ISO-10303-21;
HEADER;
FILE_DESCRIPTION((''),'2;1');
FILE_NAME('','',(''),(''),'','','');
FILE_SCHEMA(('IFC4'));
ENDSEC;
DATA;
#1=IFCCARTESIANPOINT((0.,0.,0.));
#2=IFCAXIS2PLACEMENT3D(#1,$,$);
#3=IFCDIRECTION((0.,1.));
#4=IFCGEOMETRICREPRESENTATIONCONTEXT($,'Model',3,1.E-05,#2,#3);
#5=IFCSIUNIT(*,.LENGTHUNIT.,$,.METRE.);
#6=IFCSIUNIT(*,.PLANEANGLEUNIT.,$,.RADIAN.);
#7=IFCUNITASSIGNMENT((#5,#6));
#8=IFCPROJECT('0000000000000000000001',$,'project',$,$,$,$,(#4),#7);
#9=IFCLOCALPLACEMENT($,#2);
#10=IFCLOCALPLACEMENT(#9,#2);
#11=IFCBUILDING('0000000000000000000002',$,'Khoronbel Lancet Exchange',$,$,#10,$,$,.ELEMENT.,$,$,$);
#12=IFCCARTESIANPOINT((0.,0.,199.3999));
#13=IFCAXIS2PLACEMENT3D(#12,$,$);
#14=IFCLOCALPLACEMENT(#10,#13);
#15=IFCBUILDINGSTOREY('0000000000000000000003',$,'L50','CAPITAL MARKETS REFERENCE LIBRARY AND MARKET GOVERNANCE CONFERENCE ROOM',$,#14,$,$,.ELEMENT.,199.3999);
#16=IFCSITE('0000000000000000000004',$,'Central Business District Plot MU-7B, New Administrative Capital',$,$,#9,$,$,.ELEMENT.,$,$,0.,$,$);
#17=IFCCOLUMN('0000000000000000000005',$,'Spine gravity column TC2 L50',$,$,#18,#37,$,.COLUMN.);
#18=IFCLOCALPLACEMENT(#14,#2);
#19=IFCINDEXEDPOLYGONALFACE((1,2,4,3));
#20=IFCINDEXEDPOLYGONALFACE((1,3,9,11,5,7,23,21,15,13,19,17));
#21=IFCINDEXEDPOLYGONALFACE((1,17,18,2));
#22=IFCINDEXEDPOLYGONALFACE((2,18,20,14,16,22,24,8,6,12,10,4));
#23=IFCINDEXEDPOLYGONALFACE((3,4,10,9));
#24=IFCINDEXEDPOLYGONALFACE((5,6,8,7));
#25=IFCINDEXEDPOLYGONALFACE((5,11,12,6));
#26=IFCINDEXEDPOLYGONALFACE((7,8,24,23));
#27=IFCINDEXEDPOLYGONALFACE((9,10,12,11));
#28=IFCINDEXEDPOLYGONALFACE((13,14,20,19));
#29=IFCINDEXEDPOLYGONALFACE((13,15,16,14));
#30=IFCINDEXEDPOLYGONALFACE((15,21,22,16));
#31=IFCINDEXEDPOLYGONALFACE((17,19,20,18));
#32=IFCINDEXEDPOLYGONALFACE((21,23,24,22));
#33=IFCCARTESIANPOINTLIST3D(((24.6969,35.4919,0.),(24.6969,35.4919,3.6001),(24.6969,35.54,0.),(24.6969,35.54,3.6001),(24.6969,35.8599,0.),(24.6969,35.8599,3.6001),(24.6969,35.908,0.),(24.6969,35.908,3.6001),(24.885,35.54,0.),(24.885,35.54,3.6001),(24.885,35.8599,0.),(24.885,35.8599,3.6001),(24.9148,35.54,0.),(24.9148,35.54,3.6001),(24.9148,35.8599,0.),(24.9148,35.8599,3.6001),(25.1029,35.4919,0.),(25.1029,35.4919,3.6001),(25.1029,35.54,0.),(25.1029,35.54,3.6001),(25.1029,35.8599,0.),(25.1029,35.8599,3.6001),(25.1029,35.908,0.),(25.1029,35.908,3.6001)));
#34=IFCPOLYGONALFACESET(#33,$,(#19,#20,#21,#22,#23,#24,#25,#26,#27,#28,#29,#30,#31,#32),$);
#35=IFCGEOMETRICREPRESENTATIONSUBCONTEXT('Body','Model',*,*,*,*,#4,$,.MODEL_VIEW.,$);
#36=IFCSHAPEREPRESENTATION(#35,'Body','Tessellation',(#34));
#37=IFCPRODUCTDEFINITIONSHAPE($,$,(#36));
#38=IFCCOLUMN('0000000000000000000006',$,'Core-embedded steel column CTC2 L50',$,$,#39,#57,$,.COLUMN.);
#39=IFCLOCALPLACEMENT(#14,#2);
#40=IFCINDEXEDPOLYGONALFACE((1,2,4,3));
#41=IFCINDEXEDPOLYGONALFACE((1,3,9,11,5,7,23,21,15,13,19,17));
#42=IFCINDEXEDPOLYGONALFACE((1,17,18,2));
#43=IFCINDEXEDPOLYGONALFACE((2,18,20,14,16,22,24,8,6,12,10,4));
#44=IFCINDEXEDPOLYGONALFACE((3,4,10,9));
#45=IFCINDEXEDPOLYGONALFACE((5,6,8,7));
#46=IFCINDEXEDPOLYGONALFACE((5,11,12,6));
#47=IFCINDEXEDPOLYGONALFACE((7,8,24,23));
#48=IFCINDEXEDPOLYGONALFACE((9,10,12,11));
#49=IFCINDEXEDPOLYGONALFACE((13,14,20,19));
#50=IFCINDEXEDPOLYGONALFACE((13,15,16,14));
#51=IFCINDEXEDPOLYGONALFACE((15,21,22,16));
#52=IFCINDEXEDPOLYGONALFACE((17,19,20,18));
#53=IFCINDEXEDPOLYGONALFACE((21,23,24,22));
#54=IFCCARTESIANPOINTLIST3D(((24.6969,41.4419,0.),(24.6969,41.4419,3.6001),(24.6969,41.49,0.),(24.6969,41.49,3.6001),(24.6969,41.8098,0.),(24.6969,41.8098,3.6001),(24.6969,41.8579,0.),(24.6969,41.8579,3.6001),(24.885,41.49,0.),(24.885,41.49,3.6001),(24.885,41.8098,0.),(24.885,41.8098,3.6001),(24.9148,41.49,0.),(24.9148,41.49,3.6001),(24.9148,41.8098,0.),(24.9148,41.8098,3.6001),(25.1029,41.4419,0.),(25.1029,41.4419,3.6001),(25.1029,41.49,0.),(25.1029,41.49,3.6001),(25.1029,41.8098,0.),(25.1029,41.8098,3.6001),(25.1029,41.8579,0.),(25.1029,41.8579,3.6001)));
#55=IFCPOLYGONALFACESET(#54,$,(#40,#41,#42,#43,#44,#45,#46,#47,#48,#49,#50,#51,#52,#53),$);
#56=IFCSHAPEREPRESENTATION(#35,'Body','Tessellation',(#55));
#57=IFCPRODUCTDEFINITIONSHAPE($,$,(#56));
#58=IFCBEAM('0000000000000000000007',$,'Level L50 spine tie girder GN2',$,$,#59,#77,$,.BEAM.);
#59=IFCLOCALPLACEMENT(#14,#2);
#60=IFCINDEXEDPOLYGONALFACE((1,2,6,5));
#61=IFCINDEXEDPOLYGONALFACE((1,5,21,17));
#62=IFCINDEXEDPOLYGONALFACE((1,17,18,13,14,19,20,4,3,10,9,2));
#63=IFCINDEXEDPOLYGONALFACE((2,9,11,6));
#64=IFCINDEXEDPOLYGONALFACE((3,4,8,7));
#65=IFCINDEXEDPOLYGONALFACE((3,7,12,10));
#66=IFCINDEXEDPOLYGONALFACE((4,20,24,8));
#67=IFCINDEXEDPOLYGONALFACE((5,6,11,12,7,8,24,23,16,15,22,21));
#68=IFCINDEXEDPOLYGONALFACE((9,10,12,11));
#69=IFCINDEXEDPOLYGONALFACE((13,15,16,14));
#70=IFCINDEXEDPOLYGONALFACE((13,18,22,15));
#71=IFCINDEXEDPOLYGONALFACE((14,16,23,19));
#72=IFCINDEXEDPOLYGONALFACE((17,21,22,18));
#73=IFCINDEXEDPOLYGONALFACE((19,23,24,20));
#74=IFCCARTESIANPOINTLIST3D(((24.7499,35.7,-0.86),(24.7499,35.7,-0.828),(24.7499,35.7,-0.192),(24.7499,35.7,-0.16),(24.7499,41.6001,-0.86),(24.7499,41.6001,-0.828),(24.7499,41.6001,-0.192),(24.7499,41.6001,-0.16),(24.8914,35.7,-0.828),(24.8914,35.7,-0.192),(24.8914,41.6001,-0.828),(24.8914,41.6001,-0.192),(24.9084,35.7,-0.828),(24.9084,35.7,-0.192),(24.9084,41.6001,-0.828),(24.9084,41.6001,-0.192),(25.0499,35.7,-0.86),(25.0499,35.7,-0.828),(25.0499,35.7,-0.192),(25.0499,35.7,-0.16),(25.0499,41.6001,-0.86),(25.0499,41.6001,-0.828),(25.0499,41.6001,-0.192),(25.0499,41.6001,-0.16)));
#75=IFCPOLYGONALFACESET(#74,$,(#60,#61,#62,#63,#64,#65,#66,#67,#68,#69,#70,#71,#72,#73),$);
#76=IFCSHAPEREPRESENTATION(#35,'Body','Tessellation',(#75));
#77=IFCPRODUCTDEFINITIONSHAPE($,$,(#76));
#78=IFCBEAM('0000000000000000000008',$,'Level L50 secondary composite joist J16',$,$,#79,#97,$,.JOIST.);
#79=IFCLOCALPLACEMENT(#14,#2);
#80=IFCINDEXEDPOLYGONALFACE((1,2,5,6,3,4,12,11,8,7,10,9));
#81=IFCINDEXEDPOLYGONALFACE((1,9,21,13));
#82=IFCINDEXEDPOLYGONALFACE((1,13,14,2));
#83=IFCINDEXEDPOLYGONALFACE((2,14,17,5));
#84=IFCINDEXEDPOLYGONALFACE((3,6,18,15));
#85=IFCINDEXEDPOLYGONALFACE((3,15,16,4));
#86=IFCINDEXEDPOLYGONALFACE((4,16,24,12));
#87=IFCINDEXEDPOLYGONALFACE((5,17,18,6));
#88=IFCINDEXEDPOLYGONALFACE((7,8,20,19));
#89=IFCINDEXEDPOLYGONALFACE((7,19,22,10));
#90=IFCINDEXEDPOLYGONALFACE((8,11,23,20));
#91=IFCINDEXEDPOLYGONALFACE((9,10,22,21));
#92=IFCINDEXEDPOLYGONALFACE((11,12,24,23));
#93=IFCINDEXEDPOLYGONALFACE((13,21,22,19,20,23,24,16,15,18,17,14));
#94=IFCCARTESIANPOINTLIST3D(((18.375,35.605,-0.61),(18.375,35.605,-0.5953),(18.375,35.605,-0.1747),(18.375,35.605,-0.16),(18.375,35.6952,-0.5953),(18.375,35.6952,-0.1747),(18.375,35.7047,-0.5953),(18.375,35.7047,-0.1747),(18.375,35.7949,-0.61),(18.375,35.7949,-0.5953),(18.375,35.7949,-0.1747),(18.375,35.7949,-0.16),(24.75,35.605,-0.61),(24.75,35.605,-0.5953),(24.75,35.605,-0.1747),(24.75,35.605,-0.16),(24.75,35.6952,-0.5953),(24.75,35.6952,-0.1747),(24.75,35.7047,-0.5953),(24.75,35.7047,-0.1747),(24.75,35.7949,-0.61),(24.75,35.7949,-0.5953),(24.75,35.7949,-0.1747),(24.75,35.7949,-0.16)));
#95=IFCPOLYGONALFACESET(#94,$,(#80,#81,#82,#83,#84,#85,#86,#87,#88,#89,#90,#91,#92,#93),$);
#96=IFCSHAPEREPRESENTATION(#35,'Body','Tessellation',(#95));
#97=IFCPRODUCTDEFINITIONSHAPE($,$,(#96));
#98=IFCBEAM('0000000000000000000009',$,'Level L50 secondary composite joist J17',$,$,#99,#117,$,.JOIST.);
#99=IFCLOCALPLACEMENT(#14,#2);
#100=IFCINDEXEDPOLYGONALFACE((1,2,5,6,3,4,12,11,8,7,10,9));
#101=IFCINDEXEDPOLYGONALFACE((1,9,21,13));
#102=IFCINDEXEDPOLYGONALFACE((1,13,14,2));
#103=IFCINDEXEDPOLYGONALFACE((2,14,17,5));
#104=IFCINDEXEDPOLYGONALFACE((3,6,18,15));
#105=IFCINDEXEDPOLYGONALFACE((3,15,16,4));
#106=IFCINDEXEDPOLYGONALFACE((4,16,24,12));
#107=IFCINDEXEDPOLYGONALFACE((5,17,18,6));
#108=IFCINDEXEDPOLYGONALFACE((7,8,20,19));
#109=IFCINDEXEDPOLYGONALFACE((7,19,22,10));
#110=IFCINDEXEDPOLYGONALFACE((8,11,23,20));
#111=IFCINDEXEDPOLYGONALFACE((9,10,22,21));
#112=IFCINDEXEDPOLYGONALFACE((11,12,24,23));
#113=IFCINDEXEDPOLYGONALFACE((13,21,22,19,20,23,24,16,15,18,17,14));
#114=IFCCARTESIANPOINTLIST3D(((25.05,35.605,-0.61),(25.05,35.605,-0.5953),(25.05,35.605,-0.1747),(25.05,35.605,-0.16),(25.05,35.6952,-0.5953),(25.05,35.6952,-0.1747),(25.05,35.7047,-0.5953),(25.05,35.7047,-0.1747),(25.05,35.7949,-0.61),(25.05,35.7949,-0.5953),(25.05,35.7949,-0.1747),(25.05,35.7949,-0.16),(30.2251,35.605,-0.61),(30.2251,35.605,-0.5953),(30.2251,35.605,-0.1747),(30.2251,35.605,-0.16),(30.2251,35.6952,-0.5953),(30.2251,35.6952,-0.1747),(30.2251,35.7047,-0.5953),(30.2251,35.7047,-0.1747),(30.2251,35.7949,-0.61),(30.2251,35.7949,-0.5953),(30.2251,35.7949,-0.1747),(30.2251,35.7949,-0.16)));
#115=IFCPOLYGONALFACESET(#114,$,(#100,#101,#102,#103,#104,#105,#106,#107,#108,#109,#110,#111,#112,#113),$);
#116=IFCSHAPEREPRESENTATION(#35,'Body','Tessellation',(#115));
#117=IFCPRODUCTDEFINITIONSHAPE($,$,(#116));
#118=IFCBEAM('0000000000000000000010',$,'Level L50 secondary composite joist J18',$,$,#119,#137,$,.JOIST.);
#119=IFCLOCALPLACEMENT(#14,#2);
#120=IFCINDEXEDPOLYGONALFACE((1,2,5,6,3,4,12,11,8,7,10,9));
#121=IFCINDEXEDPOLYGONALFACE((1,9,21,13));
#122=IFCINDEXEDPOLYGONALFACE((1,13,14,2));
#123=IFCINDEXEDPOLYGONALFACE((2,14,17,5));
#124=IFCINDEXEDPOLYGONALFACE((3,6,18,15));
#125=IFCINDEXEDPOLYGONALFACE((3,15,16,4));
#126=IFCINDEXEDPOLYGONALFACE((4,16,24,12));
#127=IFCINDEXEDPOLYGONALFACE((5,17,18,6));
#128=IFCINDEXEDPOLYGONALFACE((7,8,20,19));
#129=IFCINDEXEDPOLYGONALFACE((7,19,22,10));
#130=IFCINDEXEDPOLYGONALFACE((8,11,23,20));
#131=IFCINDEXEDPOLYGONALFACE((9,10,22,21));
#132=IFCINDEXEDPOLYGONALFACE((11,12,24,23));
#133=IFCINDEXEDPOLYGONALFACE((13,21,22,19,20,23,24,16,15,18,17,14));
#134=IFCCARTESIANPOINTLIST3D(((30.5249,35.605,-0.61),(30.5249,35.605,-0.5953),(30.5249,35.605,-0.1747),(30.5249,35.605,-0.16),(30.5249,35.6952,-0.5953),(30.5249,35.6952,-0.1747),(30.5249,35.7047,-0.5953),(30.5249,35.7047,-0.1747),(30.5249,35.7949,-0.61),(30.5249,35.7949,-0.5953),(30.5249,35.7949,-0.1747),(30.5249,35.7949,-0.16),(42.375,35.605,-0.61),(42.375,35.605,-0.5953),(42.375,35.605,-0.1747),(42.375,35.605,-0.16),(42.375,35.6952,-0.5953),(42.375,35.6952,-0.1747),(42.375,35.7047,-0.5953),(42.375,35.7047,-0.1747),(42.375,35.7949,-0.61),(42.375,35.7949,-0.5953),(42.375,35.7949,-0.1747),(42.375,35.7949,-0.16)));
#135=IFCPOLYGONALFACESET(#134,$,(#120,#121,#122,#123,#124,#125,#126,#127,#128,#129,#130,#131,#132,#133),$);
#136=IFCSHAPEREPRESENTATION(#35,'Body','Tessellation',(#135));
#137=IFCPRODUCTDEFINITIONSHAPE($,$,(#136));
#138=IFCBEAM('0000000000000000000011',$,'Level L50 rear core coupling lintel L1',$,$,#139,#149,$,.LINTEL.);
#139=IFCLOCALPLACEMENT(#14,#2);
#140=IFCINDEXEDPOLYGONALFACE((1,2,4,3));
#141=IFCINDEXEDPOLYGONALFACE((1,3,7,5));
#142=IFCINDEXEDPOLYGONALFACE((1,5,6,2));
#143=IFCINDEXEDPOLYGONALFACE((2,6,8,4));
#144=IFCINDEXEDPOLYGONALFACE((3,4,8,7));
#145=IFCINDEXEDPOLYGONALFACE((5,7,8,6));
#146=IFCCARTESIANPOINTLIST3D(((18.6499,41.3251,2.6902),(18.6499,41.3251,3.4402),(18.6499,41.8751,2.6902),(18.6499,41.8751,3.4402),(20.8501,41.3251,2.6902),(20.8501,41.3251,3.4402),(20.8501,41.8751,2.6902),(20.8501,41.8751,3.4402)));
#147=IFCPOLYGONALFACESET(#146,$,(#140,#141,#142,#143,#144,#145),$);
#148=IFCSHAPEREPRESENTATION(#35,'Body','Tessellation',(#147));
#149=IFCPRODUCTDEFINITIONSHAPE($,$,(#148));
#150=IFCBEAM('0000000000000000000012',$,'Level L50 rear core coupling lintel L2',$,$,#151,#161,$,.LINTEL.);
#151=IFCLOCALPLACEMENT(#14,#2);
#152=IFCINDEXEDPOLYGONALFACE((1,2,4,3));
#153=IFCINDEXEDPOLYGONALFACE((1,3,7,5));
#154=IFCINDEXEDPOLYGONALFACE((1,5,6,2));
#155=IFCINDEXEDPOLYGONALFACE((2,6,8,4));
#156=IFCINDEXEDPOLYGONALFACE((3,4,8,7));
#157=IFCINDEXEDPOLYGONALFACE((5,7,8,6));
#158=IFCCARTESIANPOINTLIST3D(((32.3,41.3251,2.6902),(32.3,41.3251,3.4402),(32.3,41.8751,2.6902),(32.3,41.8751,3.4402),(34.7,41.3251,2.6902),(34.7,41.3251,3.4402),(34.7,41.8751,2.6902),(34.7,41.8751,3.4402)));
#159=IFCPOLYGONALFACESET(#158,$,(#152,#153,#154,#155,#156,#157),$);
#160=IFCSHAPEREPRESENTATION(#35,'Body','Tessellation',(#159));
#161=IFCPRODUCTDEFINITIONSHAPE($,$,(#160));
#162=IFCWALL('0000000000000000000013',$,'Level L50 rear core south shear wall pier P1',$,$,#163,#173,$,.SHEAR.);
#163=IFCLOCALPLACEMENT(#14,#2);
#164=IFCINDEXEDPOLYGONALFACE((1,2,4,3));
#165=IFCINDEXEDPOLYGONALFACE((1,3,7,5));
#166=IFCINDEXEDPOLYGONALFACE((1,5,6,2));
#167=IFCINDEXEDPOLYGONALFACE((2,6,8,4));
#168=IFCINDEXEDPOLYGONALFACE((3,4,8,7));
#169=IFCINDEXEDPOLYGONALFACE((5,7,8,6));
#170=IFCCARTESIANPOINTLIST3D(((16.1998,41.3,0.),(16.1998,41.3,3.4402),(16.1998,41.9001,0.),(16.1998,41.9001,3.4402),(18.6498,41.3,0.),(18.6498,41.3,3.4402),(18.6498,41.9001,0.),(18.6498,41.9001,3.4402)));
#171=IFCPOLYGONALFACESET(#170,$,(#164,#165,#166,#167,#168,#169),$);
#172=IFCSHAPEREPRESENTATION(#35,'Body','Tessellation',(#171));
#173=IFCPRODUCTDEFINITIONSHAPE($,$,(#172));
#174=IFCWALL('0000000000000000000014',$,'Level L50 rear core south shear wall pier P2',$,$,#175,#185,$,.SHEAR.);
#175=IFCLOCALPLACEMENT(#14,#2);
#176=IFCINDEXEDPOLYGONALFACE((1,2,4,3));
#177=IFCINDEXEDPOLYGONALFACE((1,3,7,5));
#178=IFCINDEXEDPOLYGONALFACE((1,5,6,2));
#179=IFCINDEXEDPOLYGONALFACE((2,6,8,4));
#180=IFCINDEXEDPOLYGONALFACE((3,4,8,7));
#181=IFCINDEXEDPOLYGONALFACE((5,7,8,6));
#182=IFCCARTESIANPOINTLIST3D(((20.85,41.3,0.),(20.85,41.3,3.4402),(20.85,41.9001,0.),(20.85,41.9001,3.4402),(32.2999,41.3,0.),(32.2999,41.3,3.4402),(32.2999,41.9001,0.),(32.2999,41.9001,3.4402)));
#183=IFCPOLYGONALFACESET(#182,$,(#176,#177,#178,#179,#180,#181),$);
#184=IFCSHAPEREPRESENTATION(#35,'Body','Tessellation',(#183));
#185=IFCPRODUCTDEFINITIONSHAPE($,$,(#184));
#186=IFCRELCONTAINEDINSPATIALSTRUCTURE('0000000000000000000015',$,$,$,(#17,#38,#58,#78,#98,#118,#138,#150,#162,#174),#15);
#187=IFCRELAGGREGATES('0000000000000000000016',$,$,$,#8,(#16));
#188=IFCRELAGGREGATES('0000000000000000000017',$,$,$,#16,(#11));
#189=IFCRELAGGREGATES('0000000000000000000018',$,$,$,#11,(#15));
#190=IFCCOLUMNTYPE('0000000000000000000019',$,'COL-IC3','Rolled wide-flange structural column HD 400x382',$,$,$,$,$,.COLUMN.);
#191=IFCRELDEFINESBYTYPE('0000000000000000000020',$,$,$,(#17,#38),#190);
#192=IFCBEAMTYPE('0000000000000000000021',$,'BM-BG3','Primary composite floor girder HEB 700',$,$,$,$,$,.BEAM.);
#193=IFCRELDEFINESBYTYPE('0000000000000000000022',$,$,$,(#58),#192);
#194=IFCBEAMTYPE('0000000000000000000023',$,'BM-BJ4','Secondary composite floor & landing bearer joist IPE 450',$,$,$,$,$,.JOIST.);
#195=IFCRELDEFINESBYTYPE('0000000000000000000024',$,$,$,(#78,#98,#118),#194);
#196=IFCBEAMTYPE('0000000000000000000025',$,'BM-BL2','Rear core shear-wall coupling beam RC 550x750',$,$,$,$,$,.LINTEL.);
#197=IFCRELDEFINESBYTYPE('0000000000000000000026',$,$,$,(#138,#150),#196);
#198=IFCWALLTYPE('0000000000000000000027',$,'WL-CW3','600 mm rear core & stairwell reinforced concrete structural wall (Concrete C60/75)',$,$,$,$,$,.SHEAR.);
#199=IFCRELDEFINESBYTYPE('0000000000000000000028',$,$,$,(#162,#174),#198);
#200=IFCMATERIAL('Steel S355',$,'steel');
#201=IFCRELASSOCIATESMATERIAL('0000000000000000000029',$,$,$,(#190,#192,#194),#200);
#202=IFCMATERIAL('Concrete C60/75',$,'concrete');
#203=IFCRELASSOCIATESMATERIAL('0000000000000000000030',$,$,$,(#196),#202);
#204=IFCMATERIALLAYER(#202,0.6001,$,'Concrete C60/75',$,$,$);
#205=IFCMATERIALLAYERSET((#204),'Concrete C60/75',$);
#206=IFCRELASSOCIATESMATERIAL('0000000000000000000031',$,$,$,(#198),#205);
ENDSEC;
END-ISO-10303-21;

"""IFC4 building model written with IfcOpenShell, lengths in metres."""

from ifc_helpers import new_model, si_unit, direction, frame, frame_2d, origin, origin_2d, place, context, subcontext, project, spatial, rectangle, i_section, extrude, material, layer, layer_set, material_profile, profile_set, type_object, element, save


model = new_model("IFC4")

# Units and contexts
model_context = context("Model", 3, precision=1e-05, world=origin(), true_north=direction((0.0, 1.0)))
body_context = subcontext(model_context, "Body", "Model", "MODEL_VIEW")
ifc_project = project(units=[si_unit("LENGTHUNIT", "METRE"), si_unit("PLANEANGLEUNIT", "RADIAN")], contexts=[model_context])

# Site, building, storey
site_placement = place(None, origin())
site = spatial("IfcSite", under=ifc_project, at=site_placement, Name="Central Business District Plot MU-7B, New Administrative Capital", CompositionType="ELEMENT", RefElevation=0.0)
building_placement = place(site_placement, origin())
building = spatial("IfcBuilding", under=site, at=building_placement, Name="Khoronbel Lancet Exchange", CompositionType="ELEMENT")
storey_placement = place(building_placement, frame((0.0, 0.0, 199.3999)))
storey = spatial("IfcBuildingStorey", under=building, at=storey_placement, Name="L50", Description="CAPITAL MARKETS REFERENCE LIBRARY AND MARKET GOVERNANCE CONFERENCE ROOM", CompositionType="ELEMENT", Elevation=199.3999)

# Columns
ifc_material_1 = material(Name="Steel S355", Category="steel")
ifc_material_profile_1 = material_profile(ifc_material_1, i_section(OverallWidth=0.406, OverallDepth=0.416, WebThickness=0.0298, FlangeThickness=0.0481, at=origin_2d()), Name="HD 400x382")
ifc_profile_set_1 = profile_set([ifc_material_profile_1], Name="Steel S355")
column_type = type_object("IfcColumnType", Name="COL-IC3", Description="Rolled wide-flange structural column HD 400x382", PredefinedType="COLUMN", material=ifc_profile_set_1)
for number, where, z_axis, x_axis, name in (
    (1, (24.8999, 35.7, 0.0), (0.0, 0.0, 1.0), (1.0, 0.0, 0.0), "Spine gravity column TC2 L50"),
    (2, (24.8999, 41.6499, 0.0), (0.0, 0.0, 1.0), (1.0, 0.0, 0.0), "Core-embedded steel column CTC2 L50"),
):
    element("IfcColumn", number, at=place(storey_placement, frame(where, z_axis=z_axis, x_axis=x_axis)), inside=storey, type_object=column_type, Name=name, PredefinedType="COLUMN", context=body_context, shape_type="SweptSolid", body=[
        extrude(i_section(OverallWidth=0.406, OverallDepth=0.416, WebThickness=0.0298, FlangeThickness=0.0481, at=origin_2d()), origin(), (0.0, 0.0, 1.0), 3.6001),
    ])

# Beams
ifc_material_profile_2 = material_profile(ifc_material_1, i_section(OverallWidth=0.3, OverallDepth=0.7, WebThickness=0.0171, FlangeThickness=0.032, at=origin_2d()), Name="HEB 700")
ifc_profile_set_2 = profile_set([ifc_material_profile_2], Name="Steel S355")
beam_type_1 = type_object("IfcBeamType", Name="BM-BG3", Description="Primary composite floor girder HEB 700", PredefinedType="BEAM", material=ifc_profile_set_2)
beam_1_placement = place(storey_placement, frame((24.8999, 35.7, -0.51), z_axis=(0.0, 1.0, 0.0), x_axis=(-1.0, 0.0, 0.0)))
element("IfcBeam", 3, at=beam_1_placement, inside=storey, type_object=beam_type_1, Name="Level L50 spine tie girder GN2", PredefinedType="BEAM", context=body_context, shape_type="SweptSolid", body=[
    extrude(i_section(OverallWidth=0.3, OverallDepth=0.7, WebThickness=0.0171, FlangeThickness=0.032, at=origin_2d()), origin(), (0.0, 0.0, 1.0), 5.9001),
])
ifc_material_profile_3 = material_profile(ifc_material_1, i_section(OverallWidth=0.1899, OverallDepth=0.45, WebThickness=0.0095, FlangeThickness=0.0146, at=origin_2d()), Name="IPE 450")
ifc_profile_set_3 = profile_set([ifc_material_profile_3], Name="Steel S355")
beam_type_2 = type_object("IfcBeamType", Name="BM-BJ4", Description="Secondary composite floor & landing bearer joist IPE 450", PredefinedType="JOIST", material=ifc_profile_set_3)
beam_2_placement = place(storey_placement, frame((18.375, 35.7, -0.385), z_axis=(1.0, 0.0, 0.0), x_axis=(0.0, 1.0, 0.0)))
element("IfcBeam", 4, at=beam_2_placement, inside=storey, type_object=beam_type_2, Name="Level L50 secondary composite joist J16", PredefinedType="JOIST", context=body_context, shape_type="SweptSolid", body=[
    extrude(i_section(OverallWidth=0.1899, OverallDepth=0.45, WebThickness=0.0095, FlangeThickness=0.0146, at=origin_2d()), origin(), (0.0, 0.0, 1.0), 6.375),
])
beam_3_placement = place(storey_placement, frame((25.05, 35.7, -0.385), z_axis=(1.0, 0.0, 0.0), x_axis=(0.0, 1.0, 0.0)))
element("IfcBeam", 5, at=beam_3_placement, inside=storey, type_object=beam_type_2, Name="Level L50 secondary composite joist J17", PredefinedType="JOIST", context=body_context, shape_type="SweptSolid", body=[
    extrude(i_section(OverallWidth=0.1899, OverallDepth=0.45, WebThickness=0.0095, FlangeThickness=0.0146, at=origin_2d()), origin(), (0.0, 0.0, 1.0), 5.175),
])
beam_4_placement = place(storey_placement, frame((30.5249, 35.7, -0.385), z_axis=(1.0, 0.0, 0.0), x_axis=(0.0, 1.0, 0.0)))
element("IfcBeam", 6, at=beam_4_placement, inside=storey, type_object=beam_type_2, Name="Level L50 secondary composite joist J18", PredefinedType="JOIST", context=body_context, shape_type="SweptSolid", body=[
    extrude(i_section(OverallWidth=0.1899, OverallDepth=0.45, WebThickness=0.0095, FlangeThickness=0.0146, at=origin_2d()), origin(), (0.0, 0.0, 1.0), 11.8501),
])
ifc_material_2 = material(Name="Concrete C60/75", Category="concrete")
ifc_material_profile_4 = material_profile(ifc_material_2, rectangle(XDim=0.55, YDim=0.75, at=origin_2d()), Name="RC 550x750")
ifc_profile_set_4 = profile_set([ifc_material_profile_4], Name="Concrete C60/75")
beam_type_3 = type_object("IfcBeamType", Name="BM-BL2", Description="Rear core shear-wall coupling beam RC 550x750", PredefinedType="LINTEL", material=ifc_profile_set_4)
beam_5_placement = place(storey_placement, frame((18.6499, 41.6001, 3.0652), z_axis=(1.0, 0.0, 0.0), x_axis=(0.0, 1.0, 0.0)))
element("IfcBeam", 7, at=beam_5_placement, inside=storey, type_object=beam_type_3, Name="Level L50 rear core coupling lintel L1", PredefinedType="LINTEL", context=body_context, shape_type="SweptSolid", body=[
    extrude(rectangle(XDim=0.55, YDim=0.75, at=origin_2d()), origin(), (0.0, 0.0, 1.0), 2.2002),
])
beam_6_placement = place(storey_placement, frame((32.3, 41.6001, 3.0652), z_axis=(1.0, 0.0, 0.0), x_axis=(0.0, 1.0, 0.0)))
element("IfcBeam", 8, at=beam_6_placement, inside=storey, type_object=beam_type_3, Name="Level L50 rear core coupling lintel L2", PredefinedType="LINTEL", context=body_context, shape_type="SweptSolid", body=[
    extrude(rectangle(XDim=0.55, YDim=0.75, at=origin_2d()), origin(), (0.0, 0.0, 1.0), 2.3999),
])

# Walls
ifc_layer_1 = layer(ifc_material_2, 0.6001, Name="Concrete C60/75")
ifc_layer_set_1 = layer_set([ifc_layer_1], Name="Concrete C60/75")
wall_type_1 = type_object("IfcWallType", Name="WL-CW3", Description="600 mm rear core & stairwell reinforced concrete structural wall (Concrete C60/75)", PredefinedType="SHEAR", material=ifc_layer_set_1)
wall_1_placement = place(storey_placement, frame((18.6499, 41.6001, 0.0), z_axis=(0.0, 0.0, 1.0), x_axis=(-1.0, 0.0, 0.0)))
element("IfcWall", 9, at=wall_1_placement, inside=storey, type_object=wall_type_1, Name="Level L50 rear core south shear wall pier P1", PredefinedType="SHEAR", context=body_context, shape_type="SweptSolid", body=[
    extrude(rectangle(XDim=2.45, YDim=0.6001, at=frame_2d((1.2251, 0.0))), origin(), (0.0, 0.0, 1.0), 3.4402),
])
wall_2_placement = place(storey_placement, frame((32.3, 41.6001, 0.0), z_axis=(0.0, 0.0, 1.0), x_axis=(-1.0, 0.0, 0.0)))
element("IfcWall", 10, at=wall_2_placement, inside=storey, type_object=wall_type_1, Name="Level L50 rear core south shear wall pier P2", PredefinedType="SHEAR", context=body_context, shape_type="SweptSolid", body=[
    extrude(rectangle(XDim=11.45, YDim=0.6001, at=frame_2d((5.7251, 0.0))), origin(), (0.0, 0.0, 1.0), 3.4402),
])

save(model, "model.ifc")
